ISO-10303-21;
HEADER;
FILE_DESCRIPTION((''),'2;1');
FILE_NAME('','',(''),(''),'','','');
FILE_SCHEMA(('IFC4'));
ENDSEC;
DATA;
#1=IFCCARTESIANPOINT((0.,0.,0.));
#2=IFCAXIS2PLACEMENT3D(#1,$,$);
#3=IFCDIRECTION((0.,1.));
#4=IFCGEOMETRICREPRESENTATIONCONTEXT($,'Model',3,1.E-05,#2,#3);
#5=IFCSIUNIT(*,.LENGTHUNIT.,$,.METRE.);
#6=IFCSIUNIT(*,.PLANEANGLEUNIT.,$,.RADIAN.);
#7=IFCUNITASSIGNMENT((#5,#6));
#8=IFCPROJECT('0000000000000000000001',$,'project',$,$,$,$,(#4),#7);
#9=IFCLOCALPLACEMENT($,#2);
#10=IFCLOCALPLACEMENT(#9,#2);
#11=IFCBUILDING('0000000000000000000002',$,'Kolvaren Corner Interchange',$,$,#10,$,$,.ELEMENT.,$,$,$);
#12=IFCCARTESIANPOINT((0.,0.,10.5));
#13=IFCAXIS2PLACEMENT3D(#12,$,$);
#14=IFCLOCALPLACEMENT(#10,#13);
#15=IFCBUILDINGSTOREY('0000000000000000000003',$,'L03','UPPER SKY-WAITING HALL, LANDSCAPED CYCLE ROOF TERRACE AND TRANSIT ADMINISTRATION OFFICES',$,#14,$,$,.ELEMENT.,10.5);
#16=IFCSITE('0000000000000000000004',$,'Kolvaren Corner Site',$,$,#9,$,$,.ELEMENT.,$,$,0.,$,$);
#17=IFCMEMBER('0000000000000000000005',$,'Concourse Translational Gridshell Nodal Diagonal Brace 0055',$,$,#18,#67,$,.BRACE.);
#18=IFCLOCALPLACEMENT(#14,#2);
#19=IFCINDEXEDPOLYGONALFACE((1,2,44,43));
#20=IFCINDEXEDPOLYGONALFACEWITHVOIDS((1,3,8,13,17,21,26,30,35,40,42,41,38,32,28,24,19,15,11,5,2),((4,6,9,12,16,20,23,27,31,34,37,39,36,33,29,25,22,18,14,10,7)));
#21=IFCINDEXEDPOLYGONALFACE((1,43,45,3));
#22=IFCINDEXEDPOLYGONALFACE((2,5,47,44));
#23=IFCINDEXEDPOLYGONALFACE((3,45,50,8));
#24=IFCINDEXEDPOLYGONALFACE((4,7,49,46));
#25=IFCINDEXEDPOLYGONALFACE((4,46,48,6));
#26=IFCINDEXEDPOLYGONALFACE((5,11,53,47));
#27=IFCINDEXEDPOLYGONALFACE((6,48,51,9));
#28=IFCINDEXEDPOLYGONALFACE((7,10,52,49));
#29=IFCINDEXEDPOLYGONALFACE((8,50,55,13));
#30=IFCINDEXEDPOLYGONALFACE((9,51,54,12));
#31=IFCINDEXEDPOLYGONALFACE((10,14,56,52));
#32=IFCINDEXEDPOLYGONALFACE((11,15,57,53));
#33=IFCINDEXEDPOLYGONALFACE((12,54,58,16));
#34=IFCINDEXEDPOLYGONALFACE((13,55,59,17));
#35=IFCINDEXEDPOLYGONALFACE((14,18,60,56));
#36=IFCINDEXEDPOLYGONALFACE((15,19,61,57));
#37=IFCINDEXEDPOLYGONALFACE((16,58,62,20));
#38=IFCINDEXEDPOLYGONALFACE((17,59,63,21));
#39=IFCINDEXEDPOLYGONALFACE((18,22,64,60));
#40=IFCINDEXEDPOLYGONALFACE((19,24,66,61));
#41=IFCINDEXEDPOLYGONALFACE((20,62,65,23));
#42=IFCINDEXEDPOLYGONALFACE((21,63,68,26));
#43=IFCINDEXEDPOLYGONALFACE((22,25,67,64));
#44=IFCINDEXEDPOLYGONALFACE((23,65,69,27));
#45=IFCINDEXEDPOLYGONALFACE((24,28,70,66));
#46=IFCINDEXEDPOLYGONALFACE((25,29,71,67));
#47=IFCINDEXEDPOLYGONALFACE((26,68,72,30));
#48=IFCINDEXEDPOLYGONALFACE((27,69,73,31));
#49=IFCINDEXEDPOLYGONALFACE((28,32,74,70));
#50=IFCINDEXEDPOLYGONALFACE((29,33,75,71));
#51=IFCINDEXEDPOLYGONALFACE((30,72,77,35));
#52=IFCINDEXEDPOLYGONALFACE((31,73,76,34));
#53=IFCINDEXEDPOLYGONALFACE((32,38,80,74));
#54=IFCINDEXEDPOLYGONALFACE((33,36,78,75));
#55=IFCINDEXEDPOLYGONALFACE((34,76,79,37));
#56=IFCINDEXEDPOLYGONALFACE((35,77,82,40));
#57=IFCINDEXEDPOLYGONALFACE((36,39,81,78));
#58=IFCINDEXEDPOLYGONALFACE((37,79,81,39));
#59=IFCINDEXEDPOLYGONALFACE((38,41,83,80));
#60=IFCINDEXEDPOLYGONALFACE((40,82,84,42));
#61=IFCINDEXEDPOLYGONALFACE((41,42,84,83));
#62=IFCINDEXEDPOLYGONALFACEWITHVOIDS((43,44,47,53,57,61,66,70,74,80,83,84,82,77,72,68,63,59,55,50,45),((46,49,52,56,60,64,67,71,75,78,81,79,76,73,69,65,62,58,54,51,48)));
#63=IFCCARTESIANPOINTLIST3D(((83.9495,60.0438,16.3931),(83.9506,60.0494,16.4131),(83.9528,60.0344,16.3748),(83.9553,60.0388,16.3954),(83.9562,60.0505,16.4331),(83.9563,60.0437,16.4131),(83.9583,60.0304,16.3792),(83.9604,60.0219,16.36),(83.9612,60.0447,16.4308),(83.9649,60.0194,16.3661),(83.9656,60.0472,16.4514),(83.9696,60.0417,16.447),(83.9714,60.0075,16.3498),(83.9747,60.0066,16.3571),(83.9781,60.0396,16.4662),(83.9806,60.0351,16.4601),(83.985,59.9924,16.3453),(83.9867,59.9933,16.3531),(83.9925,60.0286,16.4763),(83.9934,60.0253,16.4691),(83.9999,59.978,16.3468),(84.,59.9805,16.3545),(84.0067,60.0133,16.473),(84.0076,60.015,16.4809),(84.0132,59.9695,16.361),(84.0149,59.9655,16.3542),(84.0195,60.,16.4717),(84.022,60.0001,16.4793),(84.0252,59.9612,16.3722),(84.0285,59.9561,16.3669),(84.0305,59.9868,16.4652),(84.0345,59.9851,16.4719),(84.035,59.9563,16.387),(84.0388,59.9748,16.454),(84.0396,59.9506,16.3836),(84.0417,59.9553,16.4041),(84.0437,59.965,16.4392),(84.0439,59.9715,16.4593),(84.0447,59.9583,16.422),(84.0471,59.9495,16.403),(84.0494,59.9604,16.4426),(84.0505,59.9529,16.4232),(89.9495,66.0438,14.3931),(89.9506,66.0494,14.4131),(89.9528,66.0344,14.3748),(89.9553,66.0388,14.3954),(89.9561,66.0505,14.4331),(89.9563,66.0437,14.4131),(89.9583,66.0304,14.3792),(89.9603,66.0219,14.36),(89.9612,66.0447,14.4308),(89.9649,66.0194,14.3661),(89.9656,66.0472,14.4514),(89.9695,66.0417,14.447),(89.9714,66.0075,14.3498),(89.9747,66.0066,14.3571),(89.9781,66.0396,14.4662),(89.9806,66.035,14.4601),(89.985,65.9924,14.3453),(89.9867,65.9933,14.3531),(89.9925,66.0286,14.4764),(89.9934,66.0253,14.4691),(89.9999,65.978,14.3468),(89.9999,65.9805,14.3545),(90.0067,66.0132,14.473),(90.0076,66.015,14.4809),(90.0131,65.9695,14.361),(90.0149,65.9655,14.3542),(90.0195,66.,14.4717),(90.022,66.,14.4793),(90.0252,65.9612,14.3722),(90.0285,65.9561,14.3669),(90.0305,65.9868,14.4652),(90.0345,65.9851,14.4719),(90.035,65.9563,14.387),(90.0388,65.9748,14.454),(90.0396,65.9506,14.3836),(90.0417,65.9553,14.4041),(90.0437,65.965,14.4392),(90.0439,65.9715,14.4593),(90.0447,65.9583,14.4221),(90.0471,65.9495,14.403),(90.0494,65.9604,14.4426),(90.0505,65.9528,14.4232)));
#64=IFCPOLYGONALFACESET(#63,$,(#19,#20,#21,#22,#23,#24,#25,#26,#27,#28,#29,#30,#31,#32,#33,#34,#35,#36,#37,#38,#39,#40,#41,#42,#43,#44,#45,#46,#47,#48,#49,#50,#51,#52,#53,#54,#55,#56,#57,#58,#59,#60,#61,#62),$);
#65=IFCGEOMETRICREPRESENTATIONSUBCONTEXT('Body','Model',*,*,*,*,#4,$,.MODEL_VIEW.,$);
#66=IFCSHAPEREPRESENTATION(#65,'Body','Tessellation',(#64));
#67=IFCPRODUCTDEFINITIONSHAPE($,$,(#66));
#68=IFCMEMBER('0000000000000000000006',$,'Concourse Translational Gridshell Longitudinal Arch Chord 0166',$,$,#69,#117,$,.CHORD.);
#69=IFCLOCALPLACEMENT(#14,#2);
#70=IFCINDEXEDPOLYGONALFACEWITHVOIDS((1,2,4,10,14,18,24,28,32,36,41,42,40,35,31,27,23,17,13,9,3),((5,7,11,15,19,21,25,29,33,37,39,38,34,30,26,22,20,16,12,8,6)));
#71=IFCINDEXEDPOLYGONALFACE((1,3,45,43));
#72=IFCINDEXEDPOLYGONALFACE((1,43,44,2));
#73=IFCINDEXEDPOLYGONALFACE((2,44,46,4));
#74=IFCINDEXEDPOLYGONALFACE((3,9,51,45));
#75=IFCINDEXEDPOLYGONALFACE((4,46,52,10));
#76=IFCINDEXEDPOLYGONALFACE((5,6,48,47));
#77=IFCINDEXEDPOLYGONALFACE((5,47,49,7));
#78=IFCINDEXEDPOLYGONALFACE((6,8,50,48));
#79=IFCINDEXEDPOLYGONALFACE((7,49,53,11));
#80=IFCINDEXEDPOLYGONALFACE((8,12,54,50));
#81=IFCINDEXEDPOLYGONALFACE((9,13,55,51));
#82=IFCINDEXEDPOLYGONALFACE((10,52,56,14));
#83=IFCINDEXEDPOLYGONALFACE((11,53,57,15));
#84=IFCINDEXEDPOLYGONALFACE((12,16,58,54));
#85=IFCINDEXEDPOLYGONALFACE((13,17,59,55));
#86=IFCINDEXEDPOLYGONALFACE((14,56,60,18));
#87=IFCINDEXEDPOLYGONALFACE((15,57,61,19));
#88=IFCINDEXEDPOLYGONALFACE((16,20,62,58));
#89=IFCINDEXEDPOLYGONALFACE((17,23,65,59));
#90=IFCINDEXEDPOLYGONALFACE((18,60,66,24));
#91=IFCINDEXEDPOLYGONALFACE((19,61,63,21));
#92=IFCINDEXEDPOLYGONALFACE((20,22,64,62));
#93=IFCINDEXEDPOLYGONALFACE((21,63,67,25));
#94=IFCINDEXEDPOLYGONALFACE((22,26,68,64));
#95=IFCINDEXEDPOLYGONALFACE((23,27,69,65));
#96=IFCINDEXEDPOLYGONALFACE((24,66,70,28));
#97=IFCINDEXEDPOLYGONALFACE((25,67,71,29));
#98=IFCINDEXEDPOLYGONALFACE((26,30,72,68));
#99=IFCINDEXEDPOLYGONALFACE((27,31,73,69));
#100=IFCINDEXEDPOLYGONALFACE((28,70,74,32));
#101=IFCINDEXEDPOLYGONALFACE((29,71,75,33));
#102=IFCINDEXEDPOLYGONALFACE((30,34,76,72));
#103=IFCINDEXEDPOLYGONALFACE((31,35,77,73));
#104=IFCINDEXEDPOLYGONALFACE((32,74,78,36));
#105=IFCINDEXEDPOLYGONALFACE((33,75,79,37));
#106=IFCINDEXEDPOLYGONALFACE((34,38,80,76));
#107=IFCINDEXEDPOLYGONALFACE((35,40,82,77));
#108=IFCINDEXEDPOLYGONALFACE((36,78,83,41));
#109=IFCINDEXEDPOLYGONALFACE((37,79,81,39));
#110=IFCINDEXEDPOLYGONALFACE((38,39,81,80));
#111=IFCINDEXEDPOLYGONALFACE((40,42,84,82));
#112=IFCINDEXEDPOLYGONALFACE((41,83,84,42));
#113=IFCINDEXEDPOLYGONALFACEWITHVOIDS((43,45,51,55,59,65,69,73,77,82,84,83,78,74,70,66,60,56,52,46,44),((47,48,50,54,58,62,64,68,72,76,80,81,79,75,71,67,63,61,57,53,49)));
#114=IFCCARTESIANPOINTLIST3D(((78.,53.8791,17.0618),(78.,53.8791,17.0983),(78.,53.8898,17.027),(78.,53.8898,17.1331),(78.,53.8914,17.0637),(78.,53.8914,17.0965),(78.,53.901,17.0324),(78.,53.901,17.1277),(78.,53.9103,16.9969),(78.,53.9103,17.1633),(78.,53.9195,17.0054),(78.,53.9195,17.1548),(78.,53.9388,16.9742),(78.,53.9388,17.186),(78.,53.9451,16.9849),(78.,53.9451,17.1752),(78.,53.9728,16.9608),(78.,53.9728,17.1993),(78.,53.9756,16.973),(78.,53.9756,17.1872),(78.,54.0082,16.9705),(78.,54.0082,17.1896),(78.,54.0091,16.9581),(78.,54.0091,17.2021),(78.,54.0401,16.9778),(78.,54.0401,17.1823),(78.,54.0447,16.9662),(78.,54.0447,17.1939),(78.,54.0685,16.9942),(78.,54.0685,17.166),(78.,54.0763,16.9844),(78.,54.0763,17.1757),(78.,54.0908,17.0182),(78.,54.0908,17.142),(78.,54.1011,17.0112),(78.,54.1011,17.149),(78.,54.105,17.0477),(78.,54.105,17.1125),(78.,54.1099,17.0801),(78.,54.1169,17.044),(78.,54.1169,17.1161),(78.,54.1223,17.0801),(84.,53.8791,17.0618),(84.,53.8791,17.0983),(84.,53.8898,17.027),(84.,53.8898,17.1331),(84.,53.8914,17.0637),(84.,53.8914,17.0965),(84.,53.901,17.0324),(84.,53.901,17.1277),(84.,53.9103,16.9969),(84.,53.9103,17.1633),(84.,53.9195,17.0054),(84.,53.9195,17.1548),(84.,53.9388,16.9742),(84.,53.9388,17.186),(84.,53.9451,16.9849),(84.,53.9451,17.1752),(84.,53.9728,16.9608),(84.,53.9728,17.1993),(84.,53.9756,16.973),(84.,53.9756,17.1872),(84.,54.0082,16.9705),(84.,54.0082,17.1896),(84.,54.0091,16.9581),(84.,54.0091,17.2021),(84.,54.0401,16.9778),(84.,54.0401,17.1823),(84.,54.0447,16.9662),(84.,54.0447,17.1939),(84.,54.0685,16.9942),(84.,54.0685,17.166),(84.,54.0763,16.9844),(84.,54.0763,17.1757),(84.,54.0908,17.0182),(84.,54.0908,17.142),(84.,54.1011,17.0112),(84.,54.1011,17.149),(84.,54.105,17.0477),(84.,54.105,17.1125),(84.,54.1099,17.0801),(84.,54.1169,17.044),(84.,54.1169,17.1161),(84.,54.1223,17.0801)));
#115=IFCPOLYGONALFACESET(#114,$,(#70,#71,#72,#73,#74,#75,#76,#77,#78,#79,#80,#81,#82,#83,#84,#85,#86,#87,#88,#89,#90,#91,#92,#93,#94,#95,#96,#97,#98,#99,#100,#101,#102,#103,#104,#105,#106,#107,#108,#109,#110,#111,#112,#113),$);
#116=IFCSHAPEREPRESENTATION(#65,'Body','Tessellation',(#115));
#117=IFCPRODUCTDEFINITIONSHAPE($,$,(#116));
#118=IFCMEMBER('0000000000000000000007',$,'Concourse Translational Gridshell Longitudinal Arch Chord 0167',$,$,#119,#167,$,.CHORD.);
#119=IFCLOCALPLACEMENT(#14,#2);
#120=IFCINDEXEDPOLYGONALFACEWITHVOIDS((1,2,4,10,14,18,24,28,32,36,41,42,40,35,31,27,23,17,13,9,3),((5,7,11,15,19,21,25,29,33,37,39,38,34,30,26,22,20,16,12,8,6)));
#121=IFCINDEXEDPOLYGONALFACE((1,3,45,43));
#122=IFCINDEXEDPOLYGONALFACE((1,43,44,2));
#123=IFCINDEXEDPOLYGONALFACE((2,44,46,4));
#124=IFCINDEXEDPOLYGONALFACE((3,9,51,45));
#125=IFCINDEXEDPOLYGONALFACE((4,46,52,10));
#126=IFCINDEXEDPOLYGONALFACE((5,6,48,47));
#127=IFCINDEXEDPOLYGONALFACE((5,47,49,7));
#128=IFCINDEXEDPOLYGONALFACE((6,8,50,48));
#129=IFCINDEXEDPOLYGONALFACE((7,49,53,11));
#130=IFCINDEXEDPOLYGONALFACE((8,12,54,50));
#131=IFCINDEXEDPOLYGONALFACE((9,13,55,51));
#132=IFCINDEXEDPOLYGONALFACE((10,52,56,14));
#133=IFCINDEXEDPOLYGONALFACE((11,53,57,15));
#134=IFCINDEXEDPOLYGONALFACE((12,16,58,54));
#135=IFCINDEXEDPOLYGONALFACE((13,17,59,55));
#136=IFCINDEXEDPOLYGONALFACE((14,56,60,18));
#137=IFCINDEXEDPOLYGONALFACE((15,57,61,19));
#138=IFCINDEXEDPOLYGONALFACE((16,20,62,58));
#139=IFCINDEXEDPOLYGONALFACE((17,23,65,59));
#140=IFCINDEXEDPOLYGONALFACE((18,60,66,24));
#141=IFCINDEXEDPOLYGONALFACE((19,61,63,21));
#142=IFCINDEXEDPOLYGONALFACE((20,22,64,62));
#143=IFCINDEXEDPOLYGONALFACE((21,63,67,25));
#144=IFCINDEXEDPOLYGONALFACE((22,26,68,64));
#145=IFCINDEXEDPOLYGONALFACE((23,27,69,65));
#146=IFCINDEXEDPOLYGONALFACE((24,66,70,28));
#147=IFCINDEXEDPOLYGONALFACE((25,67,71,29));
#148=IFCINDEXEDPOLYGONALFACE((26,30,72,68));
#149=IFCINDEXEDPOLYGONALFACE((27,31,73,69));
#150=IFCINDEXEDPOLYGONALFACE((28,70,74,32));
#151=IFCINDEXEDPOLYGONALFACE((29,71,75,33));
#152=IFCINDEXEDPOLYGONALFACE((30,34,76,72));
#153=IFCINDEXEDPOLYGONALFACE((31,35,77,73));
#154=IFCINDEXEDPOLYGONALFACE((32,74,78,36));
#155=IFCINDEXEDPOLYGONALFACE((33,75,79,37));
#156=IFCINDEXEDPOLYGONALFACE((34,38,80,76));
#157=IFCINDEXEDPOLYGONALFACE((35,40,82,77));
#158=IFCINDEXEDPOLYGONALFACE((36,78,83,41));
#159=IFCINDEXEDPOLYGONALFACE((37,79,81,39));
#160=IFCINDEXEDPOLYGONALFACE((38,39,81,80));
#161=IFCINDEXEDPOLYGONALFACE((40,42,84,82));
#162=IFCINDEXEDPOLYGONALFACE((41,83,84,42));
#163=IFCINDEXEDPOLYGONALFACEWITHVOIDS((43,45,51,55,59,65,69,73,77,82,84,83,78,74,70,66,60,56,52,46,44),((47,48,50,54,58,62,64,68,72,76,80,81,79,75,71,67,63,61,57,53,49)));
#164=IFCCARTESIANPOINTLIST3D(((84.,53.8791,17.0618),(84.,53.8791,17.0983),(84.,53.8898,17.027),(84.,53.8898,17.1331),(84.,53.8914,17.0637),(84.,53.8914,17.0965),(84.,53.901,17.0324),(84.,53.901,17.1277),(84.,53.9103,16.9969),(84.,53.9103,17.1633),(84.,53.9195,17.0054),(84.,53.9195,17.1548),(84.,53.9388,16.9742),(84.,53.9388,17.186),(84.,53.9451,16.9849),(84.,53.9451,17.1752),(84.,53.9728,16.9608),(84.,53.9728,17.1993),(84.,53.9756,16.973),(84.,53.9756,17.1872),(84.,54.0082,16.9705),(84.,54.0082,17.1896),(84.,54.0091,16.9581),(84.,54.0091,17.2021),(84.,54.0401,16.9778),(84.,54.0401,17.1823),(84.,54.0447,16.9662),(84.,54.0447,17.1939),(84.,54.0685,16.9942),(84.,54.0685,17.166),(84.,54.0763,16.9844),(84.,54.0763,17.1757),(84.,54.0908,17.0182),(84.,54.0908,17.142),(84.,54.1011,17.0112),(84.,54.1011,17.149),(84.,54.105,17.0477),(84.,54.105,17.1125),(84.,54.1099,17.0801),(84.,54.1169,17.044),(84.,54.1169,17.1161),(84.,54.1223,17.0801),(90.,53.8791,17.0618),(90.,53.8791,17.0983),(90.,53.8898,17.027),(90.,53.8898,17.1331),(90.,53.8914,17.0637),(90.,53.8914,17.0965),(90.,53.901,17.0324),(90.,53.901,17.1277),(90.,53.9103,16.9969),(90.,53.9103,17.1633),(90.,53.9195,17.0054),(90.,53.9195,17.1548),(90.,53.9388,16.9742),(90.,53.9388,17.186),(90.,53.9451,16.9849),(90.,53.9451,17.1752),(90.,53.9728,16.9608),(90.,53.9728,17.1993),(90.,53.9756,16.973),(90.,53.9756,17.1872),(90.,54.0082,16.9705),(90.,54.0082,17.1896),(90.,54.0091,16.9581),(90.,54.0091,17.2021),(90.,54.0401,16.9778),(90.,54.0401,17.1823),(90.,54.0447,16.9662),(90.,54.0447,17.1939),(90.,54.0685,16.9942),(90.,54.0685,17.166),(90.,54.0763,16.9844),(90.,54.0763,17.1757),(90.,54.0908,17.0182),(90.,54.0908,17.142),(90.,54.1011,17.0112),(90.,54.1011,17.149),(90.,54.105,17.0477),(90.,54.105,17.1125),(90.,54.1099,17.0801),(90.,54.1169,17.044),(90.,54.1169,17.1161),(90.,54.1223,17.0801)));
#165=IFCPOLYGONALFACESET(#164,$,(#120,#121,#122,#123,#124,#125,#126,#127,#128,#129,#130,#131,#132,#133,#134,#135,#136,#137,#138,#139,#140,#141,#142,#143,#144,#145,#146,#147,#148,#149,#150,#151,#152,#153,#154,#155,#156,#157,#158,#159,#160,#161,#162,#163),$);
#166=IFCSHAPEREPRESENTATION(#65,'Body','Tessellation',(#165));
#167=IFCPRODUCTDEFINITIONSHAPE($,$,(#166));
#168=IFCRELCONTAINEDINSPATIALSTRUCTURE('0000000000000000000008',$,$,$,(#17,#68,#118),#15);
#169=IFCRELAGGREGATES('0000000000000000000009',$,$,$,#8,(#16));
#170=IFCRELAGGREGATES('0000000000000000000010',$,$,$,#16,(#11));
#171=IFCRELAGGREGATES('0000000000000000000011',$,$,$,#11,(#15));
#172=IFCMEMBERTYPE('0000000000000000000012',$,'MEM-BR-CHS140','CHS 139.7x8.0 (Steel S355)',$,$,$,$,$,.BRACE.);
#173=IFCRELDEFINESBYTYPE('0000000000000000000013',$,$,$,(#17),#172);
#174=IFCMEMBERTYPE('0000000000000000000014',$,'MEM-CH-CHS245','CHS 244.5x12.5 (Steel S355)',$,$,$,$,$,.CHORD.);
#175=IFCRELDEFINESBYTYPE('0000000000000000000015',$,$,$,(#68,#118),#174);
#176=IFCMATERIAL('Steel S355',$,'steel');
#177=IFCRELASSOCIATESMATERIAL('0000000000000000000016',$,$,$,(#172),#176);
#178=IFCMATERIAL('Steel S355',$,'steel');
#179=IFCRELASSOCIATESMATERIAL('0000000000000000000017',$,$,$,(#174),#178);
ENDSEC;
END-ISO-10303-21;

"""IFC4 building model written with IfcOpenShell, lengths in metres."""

from ifc_helpers import new_model, si_unit, direction, frame, origin, origin_2d, place, context, subcontext, project, spatial, hollow_circle, extrude, material, material_profile, profile_set, type_object, element, save


model = new_model("IFC4")

# Units and contexts
model_context = context("Model", 3, precision=1e-05, world=origin(), true_north=direction((0.0, 1.0)))
body_context = subcontext(model_context, "Body", "Model", "MODEL_VIEW")
ifc_project = project(units=[si_unit("LENGTHUNIT", "METRE"), si_unit("PLANEANGLEUNIT", "RADIAN")], contexts=[model_context])

# Site, building, storey
site_placement = place(None, origin())
site = spatial("IfcSite", under=ifc_project, at=site_placement, Name="Kolvaren Corner Site", CompositionType="ELEMENT", RefElevation=0.0)
building_placement = place(site_placement, origin())
building = spatial("IfcBuilding", under=site, at=building_placement, Name="Kolvaren Corner Interchange", CompositionType="ELEMENT")
storey_placement = place(building_placement, frame((0.0, 0.0, 10.5)))
storey = spatial("IfcBuildingStorey", under=building, at=storey_placement, Name="L03", Description="UPPER SKY-WAITING HALL, LANDSCAPED CYCLE ROOF TERRACE AND TRANSIT ADMINISTRATION OFFICES", CompositionType="ELEMENT", Elevation=10.5)

# Members
ifc_material_1 = material(Name="Steel S355", Category="steel")
ifc_material_profile_1 = material_profile(ifc_material_1, hollow_circle(Radius=0.0698, WallThickness=0.0081, at=origin_2d()), Name="CHS 139.7x8.0")
ifc_profile_set_1 = profile_set([ifc_material_profile_1], Name="Steel S355")
member_type_1 = type_object("IfcMemberType", Name="MEM-BR-CHS140", Description="CHS 139.7x8.0 (Steel S355)", PredefinedType="BRACE", material=ifc_profile_set_1)
member_1_placement = place(storey_placement, frame((84.0, 60.0, 16.4131), z_axis=(0.688247, 0.688247, -0.229416), x_axis=(-0.707107, 0.707107, 0.0)))
element("IfcMember", 1, at=member_1_placement, inside=storey, type_object=member_type_1, Name="Concourse Translational Gridshell Nodal Diagonal Brace 0055", PredefinedType="BRACE", context=body_context, shape_type="SweptSolid", body=[
    extrude(hollow_circle(Radius=0.0698, WallThickness=0.0081, at=origin_2d()), origin(), (0.0, 0.0, 1.0), 8.7178),
])
ifc_material_2 = material(Name="Steel S355", Category="steel")
ifc_material_profile_2 = material_profile(ifc_material_2, hollow_circle(Radius=0.1223, WallThickness=0.0125, at=origin_2d()), Name="CHS 244.5x12.5")
ifc_profile_set_2 = profile_set([ifc_material_profile_2], Name="Steel S355")
member_type_2 = type_object("IfcMemberType", Name="MEM-CH-CHS245", Description="CHS 244.5x12.5 (Steel S355)", PredefinedType="CHORD", material=ifc_profile_set_2)
for number, where, z_axis, x_axis, name in (
    (2, (78.0, 54.0, 17.0801), (1.0, 0.0, 0.0), (0.0, 1.0, 0.0), "Concourse Translational Gridshell Longitudinal Arch Chord 0166"),
    (3, (84.0, 54.0, 17.0801), (1.0, 0.0, 0.0), (0.0, 1.0, 0.0), "Concourse Translational Gridshell Longitudinal Arch Chord 0167"),
):
    element("IfcMember", number, at=place(storey_placement, frame(where, z_axis=z_axis, x_axis=x_axis)), inside=storey, type_object=member_type_2, Name=name, PredefinedType="CHORD", context=body_context, shape_type="SweptSolid", body=[
        extrude(hollow_circle(Radius=0.1223, WallThickness=0.0125, at=origin_2d()), origin(), (0.0, 0.0, 1.0), 6.0),
    ])

save(model, "model.ifc")
